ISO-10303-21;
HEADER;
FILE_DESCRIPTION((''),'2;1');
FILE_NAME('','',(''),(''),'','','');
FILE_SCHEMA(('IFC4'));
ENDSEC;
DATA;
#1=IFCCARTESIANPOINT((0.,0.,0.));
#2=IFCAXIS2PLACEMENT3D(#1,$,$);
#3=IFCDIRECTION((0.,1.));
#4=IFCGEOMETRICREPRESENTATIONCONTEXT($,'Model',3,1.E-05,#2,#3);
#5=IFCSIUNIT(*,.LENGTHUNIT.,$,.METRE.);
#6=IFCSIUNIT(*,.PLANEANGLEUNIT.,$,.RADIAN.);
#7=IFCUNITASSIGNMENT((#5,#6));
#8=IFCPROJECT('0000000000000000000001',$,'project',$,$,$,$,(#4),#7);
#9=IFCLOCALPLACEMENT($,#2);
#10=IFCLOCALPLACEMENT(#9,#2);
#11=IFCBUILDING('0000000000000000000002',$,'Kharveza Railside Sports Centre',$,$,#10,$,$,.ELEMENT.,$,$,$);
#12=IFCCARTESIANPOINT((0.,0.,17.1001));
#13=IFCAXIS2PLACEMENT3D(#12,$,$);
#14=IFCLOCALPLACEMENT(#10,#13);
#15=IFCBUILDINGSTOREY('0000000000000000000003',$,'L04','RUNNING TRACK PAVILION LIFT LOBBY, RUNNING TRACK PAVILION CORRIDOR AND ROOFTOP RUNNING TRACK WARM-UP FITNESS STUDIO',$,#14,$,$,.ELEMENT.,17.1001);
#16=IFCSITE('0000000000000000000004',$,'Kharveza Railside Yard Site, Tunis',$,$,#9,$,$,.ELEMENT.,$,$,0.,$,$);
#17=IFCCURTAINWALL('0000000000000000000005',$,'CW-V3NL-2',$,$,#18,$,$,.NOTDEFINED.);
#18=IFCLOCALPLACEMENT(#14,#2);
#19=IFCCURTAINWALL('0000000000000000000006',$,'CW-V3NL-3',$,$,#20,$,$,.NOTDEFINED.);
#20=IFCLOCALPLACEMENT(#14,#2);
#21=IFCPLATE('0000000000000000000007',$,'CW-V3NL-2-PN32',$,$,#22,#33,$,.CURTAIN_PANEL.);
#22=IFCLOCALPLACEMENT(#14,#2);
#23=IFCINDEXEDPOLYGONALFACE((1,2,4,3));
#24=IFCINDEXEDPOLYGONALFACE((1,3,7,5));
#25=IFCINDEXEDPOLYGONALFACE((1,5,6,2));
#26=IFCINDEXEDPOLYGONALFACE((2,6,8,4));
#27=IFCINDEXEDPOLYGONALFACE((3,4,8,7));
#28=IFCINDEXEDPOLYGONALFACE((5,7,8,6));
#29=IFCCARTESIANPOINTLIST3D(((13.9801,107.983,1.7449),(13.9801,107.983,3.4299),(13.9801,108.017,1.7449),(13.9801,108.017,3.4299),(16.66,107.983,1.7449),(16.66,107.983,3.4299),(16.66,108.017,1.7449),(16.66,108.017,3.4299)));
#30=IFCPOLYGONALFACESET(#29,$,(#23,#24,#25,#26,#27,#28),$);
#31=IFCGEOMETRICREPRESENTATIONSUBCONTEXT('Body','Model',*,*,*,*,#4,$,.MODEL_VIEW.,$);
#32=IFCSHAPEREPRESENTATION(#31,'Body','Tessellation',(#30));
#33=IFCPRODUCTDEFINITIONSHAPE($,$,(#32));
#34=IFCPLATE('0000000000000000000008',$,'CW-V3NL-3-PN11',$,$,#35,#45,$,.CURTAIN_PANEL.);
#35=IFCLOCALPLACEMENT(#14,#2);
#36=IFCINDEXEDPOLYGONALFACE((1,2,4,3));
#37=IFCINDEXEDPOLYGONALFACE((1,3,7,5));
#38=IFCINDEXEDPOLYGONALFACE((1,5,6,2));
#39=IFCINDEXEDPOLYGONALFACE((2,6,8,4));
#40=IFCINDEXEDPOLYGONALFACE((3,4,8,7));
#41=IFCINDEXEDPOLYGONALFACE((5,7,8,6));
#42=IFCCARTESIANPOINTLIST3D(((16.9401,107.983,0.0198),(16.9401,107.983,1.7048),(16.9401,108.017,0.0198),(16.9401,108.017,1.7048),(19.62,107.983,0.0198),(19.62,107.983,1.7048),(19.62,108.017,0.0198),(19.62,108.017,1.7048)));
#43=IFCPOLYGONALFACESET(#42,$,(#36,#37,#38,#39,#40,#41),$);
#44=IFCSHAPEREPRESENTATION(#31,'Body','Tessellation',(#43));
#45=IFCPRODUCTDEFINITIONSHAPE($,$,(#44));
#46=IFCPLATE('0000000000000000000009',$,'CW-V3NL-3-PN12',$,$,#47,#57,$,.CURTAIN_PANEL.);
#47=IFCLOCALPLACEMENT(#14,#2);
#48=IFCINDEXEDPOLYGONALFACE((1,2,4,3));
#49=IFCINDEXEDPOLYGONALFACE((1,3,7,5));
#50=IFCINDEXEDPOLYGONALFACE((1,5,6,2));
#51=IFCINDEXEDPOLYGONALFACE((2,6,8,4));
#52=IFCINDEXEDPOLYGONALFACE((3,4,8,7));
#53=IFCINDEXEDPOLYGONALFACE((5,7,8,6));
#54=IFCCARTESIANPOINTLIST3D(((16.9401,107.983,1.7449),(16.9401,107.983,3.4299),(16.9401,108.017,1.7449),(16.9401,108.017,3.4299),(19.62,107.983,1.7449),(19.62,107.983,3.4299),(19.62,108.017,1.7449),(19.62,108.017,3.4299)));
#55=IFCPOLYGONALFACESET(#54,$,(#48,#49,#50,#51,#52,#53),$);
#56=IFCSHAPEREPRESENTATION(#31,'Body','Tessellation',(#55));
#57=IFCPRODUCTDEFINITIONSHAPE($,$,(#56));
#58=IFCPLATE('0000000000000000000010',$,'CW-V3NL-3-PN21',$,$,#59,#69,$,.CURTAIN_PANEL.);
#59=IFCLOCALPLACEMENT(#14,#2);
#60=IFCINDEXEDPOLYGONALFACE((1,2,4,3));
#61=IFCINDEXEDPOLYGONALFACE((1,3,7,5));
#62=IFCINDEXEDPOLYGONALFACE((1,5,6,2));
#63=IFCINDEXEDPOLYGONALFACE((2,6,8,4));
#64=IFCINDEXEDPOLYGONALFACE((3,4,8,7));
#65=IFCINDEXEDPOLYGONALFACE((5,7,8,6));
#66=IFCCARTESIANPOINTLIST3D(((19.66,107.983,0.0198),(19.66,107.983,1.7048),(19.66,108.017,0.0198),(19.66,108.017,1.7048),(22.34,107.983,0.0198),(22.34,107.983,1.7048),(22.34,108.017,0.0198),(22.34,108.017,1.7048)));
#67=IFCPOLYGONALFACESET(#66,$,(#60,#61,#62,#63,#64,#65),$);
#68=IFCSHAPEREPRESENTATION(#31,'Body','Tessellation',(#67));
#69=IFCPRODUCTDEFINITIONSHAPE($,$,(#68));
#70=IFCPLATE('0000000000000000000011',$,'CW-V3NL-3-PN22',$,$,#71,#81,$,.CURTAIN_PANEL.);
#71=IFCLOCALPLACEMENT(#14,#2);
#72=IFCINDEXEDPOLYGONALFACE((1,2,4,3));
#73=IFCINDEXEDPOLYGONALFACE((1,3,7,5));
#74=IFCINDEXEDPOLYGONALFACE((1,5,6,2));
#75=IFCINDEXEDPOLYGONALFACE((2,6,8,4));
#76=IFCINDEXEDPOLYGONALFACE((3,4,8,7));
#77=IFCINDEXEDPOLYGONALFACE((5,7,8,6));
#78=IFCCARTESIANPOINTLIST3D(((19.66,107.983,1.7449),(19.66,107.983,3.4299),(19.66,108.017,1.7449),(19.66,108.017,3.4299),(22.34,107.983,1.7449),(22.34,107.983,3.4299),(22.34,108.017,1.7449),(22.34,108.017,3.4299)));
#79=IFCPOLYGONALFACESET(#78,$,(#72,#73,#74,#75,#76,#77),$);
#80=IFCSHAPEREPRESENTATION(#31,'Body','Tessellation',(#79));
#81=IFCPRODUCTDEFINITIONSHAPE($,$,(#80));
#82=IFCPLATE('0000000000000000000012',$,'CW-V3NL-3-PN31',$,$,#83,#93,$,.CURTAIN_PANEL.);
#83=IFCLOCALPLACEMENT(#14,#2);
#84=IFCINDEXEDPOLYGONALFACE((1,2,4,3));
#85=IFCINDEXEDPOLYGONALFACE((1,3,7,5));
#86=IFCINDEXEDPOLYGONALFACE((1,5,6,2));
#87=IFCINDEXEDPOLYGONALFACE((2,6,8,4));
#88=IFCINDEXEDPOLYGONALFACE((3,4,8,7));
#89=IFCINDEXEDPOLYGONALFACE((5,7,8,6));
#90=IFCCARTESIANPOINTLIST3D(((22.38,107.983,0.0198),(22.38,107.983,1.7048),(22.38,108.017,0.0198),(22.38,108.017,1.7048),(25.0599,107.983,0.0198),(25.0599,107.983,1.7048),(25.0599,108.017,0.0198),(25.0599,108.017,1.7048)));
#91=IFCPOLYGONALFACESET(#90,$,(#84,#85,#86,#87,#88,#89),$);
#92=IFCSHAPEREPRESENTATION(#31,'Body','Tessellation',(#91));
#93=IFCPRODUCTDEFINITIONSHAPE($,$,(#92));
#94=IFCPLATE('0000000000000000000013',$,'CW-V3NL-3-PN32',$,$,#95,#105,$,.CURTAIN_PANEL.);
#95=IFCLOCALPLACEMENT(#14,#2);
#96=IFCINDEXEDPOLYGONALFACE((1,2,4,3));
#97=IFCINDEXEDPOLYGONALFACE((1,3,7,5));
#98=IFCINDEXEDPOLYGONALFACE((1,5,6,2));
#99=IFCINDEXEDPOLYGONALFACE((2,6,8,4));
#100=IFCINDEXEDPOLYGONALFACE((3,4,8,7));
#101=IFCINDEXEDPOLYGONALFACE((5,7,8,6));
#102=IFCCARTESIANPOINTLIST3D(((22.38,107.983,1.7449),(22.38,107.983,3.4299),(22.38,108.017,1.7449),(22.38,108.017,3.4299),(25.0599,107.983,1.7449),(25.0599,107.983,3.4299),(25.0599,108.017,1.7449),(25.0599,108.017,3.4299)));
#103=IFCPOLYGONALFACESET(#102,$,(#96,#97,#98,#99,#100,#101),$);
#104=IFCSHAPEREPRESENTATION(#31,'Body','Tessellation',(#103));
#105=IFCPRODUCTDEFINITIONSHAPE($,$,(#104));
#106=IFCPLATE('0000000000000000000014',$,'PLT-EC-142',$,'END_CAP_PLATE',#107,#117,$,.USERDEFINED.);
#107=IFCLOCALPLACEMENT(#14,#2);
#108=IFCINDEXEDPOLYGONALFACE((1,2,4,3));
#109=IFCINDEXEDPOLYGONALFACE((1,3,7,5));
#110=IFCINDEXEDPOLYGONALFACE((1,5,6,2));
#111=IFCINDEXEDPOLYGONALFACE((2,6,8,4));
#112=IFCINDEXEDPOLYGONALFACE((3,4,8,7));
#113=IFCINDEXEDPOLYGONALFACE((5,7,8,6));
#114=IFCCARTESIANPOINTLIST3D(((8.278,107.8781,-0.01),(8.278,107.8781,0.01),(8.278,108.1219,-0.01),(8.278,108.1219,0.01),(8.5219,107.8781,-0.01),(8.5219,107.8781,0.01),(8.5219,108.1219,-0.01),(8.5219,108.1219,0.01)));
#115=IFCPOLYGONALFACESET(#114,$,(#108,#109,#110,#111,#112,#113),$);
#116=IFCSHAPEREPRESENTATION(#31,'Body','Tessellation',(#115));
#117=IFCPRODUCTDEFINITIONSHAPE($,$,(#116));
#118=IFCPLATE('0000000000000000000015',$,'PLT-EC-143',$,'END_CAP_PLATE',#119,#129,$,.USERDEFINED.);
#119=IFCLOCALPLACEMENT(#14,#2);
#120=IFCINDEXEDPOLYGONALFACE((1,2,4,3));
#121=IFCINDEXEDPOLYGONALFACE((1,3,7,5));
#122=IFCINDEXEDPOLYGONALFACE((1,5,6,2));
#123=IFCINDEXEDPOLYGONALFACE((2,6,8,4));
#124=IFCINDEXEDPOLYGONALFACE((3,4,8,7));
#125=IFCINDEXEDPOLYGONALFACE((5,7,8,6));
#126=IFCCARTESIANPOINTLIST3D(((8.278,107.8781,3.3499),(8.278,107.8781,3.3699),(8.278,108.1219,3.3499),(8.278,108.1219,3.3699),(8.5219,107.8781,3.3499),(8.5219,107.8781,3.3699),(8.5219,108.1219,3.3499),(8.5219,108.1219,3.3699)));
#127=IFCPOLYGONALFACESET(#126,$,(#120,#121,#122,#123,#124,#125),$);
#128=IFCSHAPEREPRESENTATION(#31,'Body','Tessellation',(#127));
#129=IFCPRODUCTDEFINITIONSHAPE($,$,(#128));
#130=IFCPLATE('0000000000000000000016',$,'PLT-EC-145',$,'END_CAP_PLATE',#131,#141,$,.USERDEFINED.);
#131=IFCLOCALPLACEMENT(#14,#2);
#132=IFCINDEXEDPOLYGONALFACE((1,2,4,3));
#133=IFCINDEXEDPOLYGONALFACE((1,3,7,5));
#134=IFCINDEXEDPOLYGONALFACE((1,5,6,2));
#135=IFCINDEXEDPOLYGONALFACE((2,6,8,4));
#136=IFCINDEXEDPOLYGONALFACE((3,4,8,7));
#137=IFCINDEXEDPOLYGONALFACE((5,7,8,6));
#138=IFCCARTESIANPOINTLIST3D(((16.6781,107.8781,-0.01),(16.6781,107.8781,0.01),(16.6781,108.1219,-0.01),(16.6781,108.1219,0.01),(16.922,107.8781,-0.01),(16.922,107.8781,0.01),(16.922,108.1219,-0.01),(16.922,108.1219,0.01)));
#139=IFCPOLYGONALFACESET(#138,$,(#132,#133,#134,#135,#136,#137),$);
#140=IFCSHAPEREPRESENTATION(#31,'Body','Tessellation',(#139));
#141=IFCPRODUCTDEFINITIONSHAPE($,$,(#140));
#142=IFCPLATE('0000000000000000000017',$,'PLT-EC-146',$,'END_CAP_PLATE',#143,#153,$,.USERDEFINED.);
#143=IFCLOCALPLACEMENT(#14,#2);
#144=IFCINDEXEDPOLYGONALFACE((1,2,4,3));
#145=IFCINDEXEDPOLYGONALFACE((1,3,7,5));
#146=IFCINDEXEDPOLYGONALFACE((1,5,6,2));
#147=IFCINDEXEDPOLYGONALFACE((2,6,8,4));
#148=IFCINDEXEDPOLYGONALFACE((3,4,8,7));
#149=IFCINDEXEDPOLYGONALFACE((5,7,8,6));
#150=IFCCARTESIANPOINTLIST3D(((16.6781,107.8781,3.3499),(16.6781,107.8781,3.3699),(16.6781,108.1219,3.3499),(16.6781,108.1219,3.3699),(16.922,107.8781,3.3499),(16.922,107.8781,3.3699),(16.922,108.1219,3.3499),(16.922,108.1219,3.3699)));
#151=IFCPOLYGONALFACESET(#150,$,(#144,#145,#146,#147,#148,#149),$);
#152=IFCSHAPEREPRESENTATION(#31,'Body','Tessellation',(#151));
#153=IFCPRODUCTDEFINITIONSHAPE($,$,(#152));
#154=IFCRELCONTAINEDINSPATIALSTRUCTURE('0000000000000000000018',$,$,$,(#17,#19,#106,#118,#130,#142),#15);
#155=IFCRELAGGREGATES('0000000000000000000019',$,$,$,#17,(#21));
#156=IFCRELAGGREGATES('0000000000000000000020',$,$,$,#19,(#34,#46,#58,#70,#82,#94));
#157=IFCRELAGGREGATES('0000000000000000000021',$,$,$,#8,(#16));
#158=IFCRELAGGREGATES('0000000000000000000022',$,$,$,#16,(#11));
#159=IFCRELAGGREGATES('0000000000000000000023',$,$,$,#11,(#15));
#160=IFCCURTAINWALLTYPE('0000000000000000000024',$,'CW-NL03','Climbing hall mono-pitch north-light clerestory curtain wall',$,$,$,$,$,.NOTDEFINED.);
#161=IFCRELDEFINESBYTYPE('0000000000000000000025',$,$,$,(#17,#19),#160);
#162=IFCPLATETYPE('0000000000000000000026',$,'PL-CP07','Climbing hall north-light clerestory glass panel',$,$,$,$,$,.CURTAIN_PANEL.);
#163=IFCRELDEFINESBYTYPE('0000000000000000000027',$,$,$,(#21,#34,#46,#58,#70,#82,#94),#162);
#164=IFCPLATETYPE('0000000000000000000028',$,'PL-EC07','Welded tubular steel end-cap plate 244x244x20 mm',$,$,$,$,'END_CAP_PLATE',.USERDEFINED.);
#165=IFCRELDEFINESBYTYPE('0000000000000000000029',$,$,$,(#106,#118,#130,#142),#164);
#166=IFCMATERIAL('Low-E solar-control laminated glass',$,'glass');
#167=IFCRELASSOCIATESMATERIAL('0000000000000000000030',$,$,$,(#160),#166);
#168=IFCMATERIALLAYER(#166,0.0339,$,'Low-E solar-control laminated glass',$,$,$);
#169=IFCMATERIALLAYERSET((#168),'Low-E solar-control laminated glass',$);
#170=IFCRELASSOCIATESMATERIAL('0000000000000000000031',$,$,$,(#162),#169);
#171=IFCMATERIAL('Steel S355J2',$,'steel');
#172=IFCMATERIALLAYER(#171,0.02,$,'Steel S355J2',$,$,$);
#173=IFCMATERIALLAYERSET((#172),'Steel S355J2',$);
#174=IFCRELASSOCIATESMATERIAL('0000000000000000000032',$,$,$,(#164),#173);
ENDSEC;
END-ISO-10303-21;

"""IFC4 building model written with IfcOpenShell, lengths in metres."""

from ifc_helpers import new_model, si_unit, direction, frame, origin, origin_2d, place, context, subcontext, project, spatial, rectangle, extrude, material, layer, layer_set, type_object, element, aggregate, save


model = new_model("IFC4")

# Units and contexts
model_context = context("Model", 3, precision=1e-05, world=origin(), true_north=direction((0.0, 1.0)))
body_context = subcontext(model_context, "Body", "Model", "MODEL_VIEW")
ifc_project = project(units=[si_unit("LENGTHUNIT", "METRE"), si_unit("PLANEANGLEUNIT", "RADIAN")], contexts=[model_context])

# Site, building, storey
site_placement = place(None, origin())
site = spatial("IfcSite", under=ifc_project, at=site_placement, Name="Kharveza Railside Yard Site, Tunis", CompositionType="ELEMENT", RefElevation=0.0)
building_placement = place(site_placement, origin())
building = spatial("IfcBuilding", under=site, at=building_placement, Name="Kharveza Railside Sports Centre", CompositionType="ELEMENT")
storey_placement = place(building_placement, frame((0.0, 0.0, 17.1001)))
storey = spatial("IfcBuildingStorey", under=building, at=storey_placement, Name="L04", Description="RUNNING TRACK PAVILION LIFT LOBBY, RUNNING TRACK PAVILION CORRIDOR AND ROOFTOP RUNNING TRACK WARM-UP FITNESS STUDIO", CompositionType="ELEMENT", Elevation=17.1001)

# Curtain walls
ifc_material_1 = material(Name="Low-E solar-control laminated glass", Category="glass")
curtain_wall_type = type_object("IfcCurtainWallType", Name="CW-NL03", Description="Climbing hall mono-pitch north-light clerestory curtain wall", PredefinedType="NOTDEFINED", material=ifc_material_1)
curtain_wall_1_placement = place(storey_placement, origin())
curtain_wall_1 = element("IfcCurtainWall", 1, at=curtain_wall_1_placement, inside=storey, type_object=curtain_wall_type, Name="CW-V3NL-2", PredefinedType="NOTDEFINED")
curtain_wall_2_placement = place(storey_placement, origin())
curtain_wall_2 = element("IfcCurtainWall", 2, at=curtain_wall_2_placement, inside=storey, type_object=curtain_wall_type, Name="CW-V3NL-3", PredefinedType="NOTDEFINED")

# Shared definitions
ifc_material_2 = material(Name="Steel S355J2", Category="steel")

# Plates
ifc_layer_1 = layer(ifc_material_1, 0.0339, Name="Low-E solar-control laminated glass")
ifc_layer_set_1 = layer_set([ifc_layer_1], Name="Low-E solar-control laminated glass")
plate_type_1 = type_object("IfcPlateType", Name="PL-CP07", Description="Climbing hall north-light clerestory glass panel", PredefinedType="CURTAIN_PANEL", material=ifc_layer_set_1)
plate_1_placement = place(storey_placement, frame((15.3201, 108.0, 1.7449), z_axis=(0.0, 0.0, 1.0), x_axis=(1.0, 0.0, 0.0)))
plate_1 = element("IfcPlate", 3, at=plate_1_placement, type_object=plate_type_1, Name="CW-V3NL-2-PN32", PredefinedType="CURTAIN_PANEL", context=body_context, shape_type="SweptSolid", body=[
    extrude(rectangle(XDim=2.6799, YDim=0.0339, at=origin_2d()), origin(), (0.0, 0.0, 1.0), 1.6851),
])
aggregate(curtain_wall_1, [plate_1])
plate_2_placement = place(storey_placement, frame((18.28, 108.0, 0.0198), z_axis=(0.0, 0.0, 1.0), x_axis=(1.0, 0.0, 0.0)))
plate_2 = element("IfcPlate", 4, at=plate_2_placement, type_object=plate_type_1, Name="CW-V3NL-3-PN11", PredefinedType="CURTAIN_PANEL", context=body_context, shape_type="SweptSolid", body=[
    extrude(rectangle(XDim=2.6799, YDim=0.0339, at=origin_2d()), origin(), (0.0, 0.0, 1.0), 1.6851),
])
plate_3_placement = place(storey_placement, frame((18.28, 108.0, 1.7449), z_axis=(0.0, 0.0, 1.0), x_axis=(1.0, 0.0, 0.0)))
plate_3 = element("IfcPlate", 5, at=plate_3_placement, type_object=plate_type_1, Name="CW-V3NL-3-PN12", PredefinedType="CURTAIN_PANEL", context=body_context, shape_type="SweptSolid", body=[
    extrude(rectangle(XDim=2.6799, YDim=0.0339, at=origin_2d()), origin(), (0.0, 0.0, 1.0), 1.6851),
])
plate_4_placement = place(storey_placement, frame((21.0, 108.0, 0.0198), z_axis=(0.0, 0.0, 1.0), x_axis=(1.0, 0.0, 0.0)))
plate_4 = element("IfcPlate", 6, at=plate_4_placement, type_object=plate_type_1, Name="CW-V3NL-3-PN21", PredefinedType="CURTAIN_PANEL", context=body_context, shape_type="SweptSolid", body=[
    extrude(rectangle(XDim=2.6799, YDim=0.0339, at=origin_2d()), origin(), (0.0, 0.0, 1.0), 1.6851),
])
plate_5_placement = place(storey_placement, frame((21.0, 108.0, 1.7449), z_axis=(0.0, 0.0, 1.0), x_axis=(1.0, 0.0, 0.0)))
plate_5 = element("IfcPlate", 7, at=plate_5_placement, type_object=plate_type_1, Name="CW-V3NL-3-PN22", PredefinedType="CURTAIN_PANEL", context=body_context, shape_type="SweptSolid", body=[
    extrude(rectangle(XDim=2.6799, YDim=0.0339, at=origin_2d()), origin(), (0.0, 0.0, 1.0), 1.6851),
])
plate_6_placement = place(storey_placement, frame((23.72, 108.0, 0.0198), z_axis=(0.0, 0.0, 1.0), x_axis=(1.0, 0.0, 0.0)))
plate_6 = element("IfcPlate", 8, at=plate_6_placement, type_object=plate_type_1, Name="CW-V3NL-3-PN31", PredefinedType="CURTAIN_PANEL", context=body_context, shape_type="SweptSolid", body=[
    extrude(rectangle(XDim=2.6799, YDim=0.0339, at=origin_2d()), origin(), (0.0, 0.0, 1.0), 1.6851),
])
plate_7_placement = place(storey_placement, frame((23.72, 108.0, 1.7449), z_axis=(0.0, 0.0, 1.0), x_axis=(1.0, 0.0, 0.0)))
plate_7 = element("IfcPlate", 9, at=plate_7_placement, type_object=plate_type_1, Name="CW-V3NL-3-PN32", PredefinedType="CURTAIN_PANEL", context=body_context, shape_type="SweptSolid", body=[
    extrude(rectangle(XDim=2.6799, YDim=0.0339, at=origin_2d()), origin(), (0.0, 0.0, 1.0), 1.6851),
])
aggregate(curtain_wall_2, [plate_2, plate_3, plate_4, plate_5, plate_6, plate_7])

# Plates
ifc_layer_2 = layer(ifc_material_2, 0.02, Name="Steel S355J2")
ifc_layer_set_2 = layer_set([ifc_layer_2], Name="Steel S355J2")
plate_type_2 = type_object("IfcPlateType", Name="PL-EC07", Description="Welded tubular steel end-cap plate 244x244x20 mm", ElementType="END_CAP_PLATE", PredefinedType="USERDEFINED", material=ifc_layer_set_2)
for number, where, z_axis, x_axis, name in (
    (10, (8.3999, 108.0, -0.01), (0.0, 0.0, 1.0), (1.0, 0.0, 0.0), "PLT-EC-142"),
    (11, (8.3999, 108.0, 3.3499), (0.0, 0.0, 1.0), (1.0, 0.0, 0.0), "PLT-EC-143"),
    (12, (16.8, 108.0, -0.01), (0.0, 0.0, 1.0), (1.0, 0.0, 0.0), "PLT-EC-145"),
    (13, (16.8, 108.0, 3.3499), (0.0, 0.0, 1.0), (1.0, 0.0, 0.0), "PLT-EC-146"),
):
    element("IfcPlate", number, at=place(storey_placement, frame(where, z_axis=z_axis, x_axis=x_axis)), inside=storey, type_object=plate_type_2, Name=name, ObjectType="END_CAP_PLATE", PredefinedType="USERDEFINED", context=body_context, shape_type="SweptSolid", body=[
        extrude(rectangle(XDim=0.2439, YDim=0.2439, at=origin_2d()), origin(), (0.0, 0.0, 1.0), 0.02),
    ])

save(model, "model.ifc")
